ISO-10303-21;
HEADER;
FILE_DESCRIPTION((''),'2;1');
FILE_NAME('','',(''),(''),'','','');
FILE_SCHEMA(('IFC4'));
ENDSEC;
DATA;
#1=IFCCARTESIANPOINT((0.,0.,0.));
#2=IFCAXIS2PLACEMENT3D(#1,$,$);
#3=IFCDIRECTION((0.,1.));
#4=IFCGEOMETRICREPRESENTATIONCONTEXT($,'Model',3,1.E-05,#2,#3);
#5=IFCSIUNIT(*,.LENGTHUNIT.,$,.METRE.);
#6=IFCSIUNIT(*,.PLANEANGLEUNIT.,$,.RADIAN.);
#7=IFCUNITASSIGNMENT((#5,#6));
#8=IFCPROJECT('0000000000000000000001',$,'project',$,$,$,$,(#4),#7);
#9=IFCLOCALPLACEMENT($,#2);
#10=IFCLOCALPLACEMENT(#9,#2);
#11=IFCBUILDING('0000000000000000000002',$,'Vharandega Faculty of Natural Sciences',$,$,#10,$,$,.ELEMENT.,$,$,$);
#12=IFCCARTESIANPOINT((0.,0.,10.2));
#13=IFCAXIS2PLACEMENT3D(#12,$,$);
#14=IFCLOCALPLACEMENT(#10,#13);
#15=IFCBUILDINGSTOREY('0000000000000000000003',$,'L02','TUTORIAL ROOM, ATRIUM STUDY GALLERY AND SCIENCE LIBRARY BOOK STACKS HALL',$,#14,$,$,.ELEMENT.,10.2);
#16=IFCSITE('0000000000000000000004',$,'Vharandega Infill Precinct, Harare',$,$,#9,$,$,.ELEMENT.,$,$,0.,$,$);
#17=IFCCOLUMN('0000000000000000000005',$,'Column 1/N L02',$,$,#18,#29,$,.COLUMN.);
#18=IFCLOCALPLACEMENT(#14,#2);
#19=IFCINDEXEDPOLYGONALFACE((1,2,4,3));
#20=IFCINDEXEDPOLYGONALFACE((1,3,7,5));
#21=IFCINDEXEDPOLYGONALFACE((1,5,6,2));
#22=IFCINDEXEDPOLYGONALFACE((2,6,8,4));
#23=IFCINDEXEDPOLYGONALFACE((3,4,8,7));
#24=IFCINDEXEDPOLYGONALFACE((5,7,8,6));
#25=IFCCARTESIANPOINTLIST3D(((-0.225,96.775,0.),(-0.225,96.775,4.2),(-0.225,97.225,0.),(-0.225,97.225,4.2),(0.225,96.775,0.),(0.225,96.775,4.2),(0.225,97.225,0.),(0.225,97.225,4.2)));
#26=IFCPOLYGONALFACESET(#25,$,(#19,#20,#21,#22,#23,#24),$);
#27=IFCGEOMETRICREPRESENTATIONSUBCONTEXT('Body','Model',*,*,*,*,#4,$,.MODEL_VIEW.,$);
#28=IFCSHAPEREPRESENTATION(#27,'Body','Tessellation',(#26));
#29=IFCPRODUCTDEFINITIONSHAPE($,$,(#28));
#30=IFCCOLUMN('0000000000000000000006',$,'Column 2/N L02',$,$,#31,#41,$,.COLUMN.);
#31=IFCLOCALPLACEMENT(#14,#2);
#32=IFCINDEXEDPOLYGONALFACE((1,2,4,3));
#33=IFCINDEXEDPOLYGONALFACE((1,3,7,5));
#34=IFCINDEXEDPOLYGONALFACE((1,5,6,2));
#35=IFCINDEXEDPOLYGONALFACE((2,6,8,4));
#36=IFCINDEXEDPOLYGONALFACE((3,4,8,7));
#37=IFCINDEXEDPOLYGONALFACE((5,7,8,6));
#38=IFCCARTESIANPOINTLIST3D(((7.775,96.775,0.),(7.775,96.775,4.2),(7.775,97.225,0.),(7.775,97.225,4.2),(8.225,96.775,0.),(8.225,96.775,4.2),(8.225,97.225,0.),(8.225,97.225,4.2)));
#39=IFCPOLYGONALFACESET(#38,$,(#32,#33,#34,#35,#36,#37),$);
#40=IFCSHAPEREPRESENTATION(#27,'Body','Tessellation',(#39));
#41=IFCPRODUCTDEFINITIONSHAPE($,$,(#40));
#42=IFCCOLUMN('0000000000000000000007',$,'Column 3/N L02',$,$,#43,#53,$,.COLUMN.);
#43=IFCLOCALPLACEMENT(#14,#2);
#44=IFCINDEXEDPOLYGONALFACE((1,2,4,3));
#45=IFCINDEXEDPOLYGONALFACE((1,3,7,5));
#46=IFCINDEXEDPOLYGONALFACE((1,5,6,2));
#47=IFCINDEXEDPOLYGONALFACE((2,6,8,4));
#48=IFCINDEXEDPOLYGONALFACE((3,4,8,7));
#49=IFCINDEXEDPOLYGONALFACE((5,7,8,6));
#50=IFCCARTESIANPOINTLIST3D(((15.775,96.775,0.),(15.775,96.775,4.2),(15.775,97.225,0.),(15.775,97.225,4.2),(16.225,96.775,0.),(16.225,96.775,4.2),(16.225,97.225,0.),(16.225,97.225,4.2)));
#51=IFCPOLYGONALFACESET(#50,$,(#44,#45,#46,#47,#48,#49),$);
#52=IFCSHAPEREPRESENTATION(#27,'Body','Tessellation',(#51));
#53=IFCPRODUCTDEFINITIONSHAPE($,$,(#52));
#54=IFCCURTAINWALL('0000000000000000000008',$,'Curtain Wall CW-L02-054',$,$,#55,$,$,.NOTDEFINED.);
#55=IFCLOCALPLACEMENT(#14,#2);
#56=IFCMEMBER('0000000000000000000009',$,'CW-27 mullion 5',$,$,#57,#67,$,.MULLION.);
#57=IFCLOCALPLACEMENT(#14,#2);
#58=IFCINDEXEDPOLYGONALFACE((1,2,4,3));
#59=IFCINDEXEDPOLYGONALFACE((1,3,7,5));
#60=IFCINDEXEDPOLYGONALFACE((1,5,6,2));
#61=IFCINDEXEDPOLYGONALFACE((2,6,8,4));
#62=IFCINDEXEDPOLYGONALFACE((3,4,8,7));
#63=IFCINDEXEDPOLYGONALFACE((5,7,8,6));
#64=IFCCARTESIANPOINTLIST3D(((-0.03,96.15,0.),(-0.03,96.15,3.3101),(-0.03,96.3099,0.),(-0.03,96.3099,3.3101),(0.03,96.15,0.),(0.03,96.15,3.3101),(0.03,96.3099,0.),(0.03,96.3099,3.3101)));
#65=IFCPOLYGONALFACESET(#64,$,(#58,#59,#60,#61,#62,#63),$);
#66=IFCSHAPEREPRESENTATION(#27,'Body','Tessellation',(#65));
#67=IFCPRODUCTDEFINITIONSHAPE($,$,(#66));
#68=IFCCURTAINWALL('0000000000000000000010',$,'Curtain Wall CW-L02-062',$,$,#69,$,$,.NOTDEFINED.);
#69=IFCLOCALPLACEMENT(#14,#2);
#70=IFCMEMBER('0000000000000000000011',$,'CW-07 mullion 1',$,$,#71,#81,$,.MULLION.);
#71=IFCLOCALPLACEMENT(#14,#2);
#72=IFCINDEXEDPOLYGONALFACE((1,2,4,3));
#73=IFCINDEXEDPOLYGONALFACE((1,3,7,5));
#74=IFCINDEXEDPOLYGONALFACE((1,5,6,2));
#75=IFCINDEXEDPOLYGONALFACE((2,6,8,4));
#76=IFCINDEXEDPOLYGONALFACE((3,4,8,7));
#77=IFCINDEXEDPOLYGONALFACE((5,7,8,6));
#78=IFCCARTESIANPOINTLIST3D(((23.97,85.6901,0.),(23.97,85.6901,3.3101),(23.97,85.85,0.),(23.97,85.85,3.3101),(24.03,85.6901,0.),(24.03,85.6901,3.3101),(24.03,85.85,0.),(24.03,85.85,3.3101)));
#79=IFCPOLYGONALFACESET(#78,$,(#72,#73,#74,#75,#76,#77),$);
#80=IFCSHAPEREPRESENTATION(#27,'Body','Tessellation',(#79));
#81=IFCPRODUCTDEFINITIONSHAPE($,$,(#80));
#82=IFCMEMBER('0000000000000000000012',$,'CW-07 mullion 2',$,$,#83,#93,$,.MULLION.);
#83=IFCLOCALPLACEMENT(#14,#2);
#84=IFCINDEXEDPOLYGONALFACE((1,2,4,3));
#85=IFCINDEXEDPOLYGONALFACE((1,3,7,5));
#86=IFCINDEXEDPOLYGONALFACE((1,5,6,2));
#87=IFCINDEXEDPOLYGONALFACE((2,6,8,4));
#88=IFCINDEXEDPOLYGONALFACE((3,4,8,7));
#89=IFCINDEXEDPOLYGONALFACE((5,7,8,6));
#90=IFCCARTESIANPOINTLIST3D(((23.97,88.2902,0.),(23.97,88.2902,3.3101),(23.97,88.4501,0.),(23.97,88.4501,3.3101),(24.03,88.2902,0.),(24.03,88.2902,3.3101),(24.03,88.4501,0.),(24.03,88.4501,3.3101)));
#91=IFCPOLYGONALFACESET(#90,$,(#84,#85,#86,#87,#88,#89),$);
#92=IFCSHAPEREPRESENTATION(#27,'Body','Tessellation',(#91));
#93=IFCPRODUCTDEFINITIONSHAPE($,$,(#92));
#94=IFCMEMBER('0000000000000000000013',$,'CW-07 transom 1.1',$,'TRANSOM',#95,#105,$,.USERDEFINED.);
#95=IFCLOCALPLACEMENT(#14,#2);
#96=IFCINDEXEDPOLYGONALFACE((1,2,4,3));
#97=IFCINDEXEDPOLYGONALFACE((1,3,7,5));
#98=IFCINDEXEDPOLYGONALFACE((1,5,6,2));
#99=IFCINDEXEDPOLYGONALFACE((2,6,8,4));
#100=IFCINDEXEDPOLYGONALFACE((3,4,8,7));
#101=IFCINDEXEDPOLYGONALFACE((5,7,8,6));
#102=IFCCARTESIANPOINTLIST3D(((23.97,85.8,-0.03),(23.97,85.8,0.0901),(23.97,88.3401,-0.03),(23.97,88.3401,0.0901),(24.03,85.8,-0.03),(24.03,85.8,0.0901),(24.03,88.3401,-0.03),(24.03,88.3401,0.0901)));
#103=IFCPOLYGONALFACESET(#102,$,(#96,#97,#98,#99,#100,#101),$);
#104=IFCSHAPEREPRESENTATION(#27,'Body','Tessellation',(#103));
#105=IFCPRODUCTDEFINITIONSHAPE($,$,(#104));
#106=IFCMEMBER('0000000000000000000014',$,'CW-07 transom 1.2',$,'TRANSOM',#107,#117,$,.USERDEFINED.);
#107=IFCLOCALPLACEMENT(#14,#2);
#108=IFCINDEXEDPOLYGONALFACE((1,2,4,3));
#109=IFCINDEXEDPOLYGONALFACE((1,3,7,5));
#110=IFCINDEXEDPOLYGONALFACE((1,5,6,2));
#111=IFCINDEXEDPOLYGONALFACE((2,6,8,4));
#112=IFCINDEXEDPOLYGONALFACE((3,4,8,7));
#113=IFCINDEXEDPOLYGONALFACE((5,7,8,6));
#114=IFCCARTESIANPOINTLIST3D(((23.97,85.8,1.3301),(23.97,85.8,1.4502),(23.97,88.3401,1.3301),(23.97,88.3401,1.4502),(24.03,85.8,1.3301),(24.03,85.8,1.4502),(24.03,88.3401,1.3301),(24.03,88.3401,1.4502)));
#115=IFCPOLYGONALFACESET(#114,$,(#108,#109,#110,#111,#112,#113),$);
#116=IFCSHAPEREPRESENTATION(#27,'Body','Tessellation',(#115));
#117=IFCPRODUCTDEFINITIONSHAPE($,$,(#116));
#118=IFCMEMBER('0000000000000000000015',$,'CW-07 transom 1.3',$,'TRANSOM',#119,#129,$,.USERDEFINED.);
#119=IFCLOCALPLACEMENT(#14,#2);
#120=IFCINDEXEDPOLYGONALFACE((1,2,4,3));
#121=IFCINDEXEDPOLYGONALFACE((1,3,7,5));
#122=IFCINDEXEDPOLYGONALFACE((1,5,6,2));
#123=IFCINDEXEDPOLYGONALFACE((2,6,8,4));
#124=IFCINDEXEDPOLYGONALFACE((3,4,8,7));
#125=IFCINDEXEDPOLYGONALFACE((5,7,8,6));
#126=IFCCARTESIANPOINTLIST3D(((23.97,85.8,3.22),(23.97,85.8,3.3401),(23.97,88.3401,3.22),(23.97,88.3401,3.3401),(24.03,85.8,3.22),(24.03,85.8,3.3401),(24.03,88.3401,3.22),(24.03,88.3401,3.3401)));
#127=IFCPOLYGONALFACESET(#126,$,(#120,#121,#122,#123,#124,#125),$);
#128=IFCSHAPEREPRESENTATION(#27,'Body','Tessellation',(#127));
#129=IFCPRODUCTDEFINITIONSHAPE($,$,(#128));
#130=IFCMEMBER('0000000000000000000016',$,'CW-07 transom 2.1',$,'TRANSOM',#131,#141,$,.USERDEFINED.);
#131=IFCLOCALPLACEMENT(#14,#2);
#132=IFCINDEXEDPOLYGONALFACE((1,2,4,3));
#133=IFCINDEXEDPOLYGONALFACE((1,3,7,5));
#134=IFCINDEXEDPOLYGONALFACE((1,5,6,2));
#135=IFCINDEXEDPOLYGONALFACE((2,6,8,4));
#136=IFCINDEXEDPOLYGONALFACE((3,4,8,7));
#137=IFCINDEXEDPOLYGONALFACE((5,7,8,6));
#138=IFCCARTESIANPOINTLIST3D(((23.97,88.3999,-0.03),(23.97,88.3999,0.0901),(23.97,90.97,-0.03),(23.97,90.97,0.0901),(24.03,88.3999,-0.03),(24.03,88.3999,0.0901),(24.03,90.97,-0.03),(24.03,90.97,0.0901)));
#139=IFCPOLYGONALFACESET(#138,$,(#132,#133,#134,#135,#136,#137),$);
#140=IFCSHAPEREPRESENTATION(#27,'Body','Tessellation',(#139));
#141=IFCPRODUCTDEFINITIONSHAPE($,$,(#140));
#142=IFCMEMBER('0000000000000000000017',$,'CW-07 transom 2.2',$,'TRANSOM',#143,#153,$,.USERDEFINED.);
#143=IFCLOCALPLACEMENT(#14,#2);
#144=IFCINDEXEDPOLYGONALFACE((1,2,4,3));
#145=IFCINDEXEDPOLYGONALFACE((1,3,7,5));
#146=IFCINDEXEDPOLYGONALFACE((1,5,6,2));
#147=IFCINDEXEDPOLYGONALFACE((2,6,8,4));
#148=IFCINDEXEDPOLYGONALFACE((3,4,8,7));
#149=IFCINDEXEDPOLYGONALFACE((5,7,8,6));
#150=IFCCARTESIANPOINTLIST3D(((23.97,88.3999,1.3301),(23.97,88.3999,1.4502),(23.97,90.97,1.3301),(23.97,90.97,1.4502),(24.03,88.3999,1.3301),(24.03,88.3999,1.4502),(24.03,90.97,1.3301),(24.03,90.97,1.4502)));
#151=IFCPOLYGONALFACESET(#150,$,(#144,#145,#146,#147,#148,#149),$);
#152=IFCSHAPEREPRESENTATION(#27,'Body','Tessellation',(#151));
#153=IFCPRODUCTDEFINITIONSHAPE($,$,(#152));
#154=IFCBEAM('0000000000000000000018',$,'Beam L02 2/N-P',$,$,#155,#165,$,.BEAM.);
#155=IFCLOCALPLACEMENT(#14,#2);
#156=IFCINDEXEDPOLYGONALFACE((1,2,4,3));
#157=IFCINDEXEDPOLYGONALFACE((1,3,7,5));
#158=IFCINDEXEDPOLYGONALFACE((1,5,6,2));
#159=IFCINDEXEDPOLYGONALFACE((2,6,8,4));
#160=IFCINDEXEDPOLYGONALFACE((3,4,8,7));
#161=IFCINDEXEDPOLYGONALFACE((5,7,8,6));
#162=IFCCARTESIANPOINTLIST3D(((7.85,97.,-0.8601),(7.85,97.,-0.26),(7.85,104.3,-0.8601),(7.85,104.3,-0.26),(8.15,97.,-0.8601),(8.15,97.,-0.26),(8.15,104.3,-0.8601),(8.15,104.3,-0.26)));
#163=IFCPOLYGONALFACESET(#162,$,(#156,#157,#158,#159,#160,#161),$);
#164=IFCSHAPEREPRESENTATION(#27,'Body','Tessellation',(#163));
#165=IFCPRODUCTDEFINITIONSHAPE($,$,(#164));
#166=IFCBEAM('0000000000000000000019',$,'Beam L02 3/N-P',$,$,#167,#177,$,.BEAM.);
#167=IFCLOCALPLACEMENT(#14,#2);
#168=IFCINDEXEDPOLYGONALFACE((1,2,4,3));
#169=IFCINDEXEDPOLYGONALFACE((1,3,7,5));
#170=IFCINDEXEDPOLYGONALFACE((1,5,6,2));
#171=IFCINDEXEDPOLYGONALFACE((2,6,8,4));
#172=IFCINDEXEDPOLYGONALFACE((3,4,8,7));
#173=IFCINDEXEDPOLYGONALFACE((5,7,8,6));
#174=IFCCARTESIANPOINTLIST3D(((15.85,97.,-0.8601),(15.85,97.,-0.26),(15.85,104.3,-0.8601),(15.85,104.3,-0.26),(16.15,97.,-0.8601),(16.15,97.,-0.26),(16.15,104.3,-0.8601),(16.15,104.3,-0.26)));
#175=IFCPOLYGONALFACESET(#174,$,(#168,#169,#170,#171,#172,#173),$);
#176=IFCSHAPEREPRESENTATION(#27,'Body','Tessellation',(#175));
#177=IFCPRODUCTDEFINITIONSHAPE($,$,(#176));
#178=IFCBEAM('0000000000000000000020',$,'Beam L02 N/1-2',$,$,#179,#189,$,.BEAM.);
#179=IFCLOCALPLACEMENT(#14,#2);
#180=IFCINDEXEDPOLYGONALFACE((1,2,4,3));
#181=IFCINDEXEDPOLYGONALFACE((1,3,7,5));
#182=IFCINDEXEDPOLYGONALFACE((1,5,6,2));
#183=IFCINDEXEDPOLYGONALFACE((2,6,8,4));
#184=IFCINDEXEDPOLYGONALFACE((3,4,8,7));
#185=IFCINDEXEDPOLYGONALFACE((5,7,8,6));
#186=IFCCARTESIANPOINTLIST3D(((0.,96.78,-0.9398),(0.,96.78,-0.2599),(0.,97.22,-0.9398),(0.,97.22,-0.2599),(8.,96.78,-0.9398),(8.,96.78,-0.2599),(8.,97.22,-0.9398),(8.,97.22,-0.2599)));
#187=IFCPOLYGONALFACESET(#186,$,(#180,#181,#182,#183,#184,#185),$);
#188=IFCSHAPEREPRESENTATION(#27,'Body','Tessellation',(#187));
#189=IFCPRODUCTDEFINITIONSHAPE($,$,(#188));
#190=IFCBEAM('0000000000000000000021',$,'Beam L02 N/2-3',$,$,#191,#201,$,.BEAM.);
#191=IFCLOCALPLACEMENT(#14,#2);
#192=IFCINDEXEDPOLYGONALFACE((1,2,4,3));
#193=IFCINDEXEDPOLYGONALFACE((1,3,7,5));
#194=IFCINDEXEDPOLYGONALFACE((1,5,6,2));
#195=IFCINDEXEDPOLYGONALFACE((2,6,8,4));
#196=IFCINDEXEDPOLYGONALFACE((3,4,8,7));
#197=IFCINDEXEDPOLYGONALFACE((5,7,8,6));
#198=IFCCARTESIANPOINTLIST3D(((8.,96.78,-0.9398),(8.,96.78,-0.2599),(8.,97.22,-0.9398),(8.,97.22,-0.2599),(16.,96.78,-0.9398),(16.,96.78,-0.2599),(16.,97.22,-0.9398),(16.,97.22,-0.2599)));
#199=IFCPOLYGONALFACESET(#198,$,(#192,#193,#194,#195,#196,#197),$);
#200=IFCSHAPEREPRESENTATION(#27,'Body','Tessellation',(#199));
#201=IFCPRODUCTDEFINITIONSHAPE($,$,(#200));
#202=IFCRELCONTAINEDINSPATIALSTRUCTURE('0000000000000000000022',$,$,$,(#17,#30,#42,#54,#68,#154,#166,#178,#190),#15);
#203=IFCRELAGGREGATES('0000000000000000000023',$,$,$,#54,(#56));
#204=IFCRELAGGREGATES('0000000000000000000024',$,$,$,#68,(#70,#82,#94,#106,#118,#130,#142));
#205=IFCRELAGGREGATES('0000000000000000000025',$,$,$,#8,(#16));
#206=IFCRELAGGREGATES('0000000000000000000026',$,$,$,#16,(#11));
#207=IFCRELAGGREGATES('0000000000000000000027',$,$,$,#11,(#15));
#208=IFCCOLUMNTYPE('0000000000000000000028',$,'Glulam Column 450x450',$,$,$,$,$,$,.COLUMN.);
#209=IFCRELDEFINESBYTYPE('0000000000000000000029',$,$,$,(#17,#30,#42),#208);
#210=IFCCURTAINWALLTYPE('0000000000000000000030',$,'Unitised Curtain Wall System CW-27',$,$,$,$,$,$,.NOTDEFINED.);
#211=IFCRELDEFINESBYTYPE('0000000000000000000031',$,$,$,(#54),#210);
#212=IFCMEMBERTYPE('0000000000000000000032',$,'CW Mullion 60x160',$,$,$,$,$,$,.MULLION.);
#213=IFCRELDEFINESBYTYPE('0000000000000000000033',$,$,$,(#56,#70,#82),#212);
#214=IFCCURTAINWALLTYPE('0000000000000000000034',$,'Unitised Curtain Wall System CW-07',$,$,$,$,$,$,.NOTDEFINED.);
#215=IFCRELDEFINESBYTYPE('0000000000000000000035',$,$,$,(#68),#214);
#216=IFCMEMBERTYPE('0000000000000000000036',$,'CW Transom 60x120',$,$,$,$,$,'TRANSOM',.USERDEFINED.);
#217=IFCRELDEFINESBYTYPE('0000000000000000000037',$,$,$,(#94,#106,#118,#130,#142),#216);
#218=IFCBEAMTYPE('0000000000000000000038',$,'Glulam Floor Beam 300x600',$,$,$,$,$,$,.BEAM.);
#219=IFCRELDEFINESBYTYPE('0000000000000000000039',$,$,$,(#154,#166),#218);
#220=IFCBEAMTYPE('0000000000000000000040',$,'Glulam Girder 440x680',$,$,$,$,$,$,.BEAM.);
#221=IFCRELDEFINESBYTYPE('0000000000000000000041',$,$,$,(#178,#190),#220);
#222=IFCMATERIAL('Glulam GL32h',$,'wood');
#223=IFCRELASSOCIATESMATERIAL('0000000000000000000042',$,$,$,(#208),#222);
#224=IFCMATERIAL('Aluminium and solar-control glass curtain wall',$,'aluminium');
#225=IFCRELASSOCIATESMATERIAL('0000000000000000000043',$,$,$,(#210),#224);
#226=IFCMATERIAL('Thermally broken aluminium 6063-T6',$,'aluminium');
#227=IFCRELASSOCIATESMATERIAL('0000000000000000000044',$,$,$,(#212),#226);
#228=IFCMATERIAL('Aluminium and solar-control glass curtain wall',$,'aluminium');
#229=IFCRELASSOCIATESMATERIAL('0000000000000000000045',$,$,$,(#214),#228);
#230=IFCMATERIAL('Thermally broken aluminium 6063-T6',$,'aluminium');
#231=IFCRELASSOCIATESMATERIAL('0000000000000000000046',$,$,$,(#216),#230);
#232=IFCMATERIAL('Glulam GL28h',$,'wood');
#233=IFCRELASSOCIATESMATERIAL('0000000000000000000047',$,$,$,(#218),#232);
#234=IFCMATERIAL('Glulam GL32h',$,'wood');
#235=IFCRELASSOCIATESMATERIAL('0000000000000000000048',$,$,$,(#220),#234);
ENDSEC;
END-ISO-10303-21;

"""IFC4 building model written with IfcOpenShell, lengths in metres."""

from ifc_helpers import new_model, si_unit, direction, frame, origin, origin_2d, place, context, subcontext, project, spatial, rectangle, extrude, material, material_profile, profile_set, type_object, element, aggregate, save


model = new_model("IFC4")

# Units and contexts
model_context = context("Model", 3, precision=1e-05, world=origin(), true_north=direction((0.0, 1.0)))
body_context = subcontext(model_context, "Body", "Model", "MODEL_VIEW")
ifc_project = project(units=[si_unit("LENGTHUNIT", "METRE"), si_unit("PLANEANGLEUNIT", "RADIAN")], contexts=[model_context])

# Site, building, storey
site_placement = place(None, origin())
site = spatial("IfcSite", under=ifc_project, at=site_placement, Name="Vharandega Infill Precinct, Harare", CompositionType="ELEMENT", RefElevation=0.0)
building_placement = place(site_placement, origin())
building = spatial("IfcBuilding", under=site, at=building_placement, Name="Vharandega Faculty of Natural Sciences", CompositionType="ELEMENT")
storey_placement = place(building_placement, frame((0.0, 0.0, 10.2)))
storey = spatial("IfcBuildingStorey", under=building, at=storey_placement, Name="L02", Description="TUTORIAL ROOM, ATRIUM STUDY GALLERY AND SCIENCE LIBRARY BOOK STACKS HALL", CompositionType="ELEMENT", Elevation=10.2)

# Columns
ifc_material_1 = material(Name="Glulam GL32h", Category="wood")
ifc_material_profile_1 = material_profile(ifc_material_1, rectangle(XDim=0.45, YDim=0.45, at=origin_2d()), Name="GL32h 450x450")
ifc_profile_set_1 = profile_set([ifc_material_profile_1], Name="Glulam GL32h")
column_type = type_object("IfcColumnType", Name="Glulam Column 450x450", PredefinedType="COLUMN", material=ifc_profile_set_1)
for number, where, z_axis, x_axis, name in (
    (1, (0.0, 97.0, 0.0), (0.0, 0.0, 1.0), (1.0, 0.0, 0.0), "Column 1/N L02"),
    (2, (8.0, 97.0, 0.0), (0.0, 0.0, 1.0), (1.0, 0.0, 0.0), "Column 2/N L02"),
    (3, (16.0, 97.0, 0.0), (0.0, 0.0, 1.0), (1.0, 0.0, 0.0), "Column 3/N L02"),
):
    element("IfcColumn", number, at=place(storey_placement, frame(where, z_axis=z_axis, x_axis=x_axis)), inside=storey, type_object=column_type, Name=name, PredefinedType="COLUMN", context=body_context, shape_type="SweptSolid", body=[
        extrude(rectangle(XDim=0.45, YDim=0.45, at=origin_2d()), origin(), (0.0, 0.0, 1.0), 4.2),
    ])

# Curtain wall, member
ifc_material_2 = material(Name="Aluminium and solar-control glass curtain wall", Category="aluminium")
curtain_wall_type_1 = type_object("IfcCurtainWallType", Name="Unitised Curtain Wall System CW-27", PredefinedType="NOTDEFINED", material=ifc_material_2)
curtain_wall_1_placement = place(storey_placement, origin())
curtain_wall_1 = element("IfcCurtainWall", 4, at=curtain_wall_1_placement, inside=storey, type_object=curtain_wall_type_1, Name="Curtain Wall CW-L02-054", PredefinedType="NOTDEFINED")
ifc_material_3 = material(Name="Thermally broken aluminium 6063-T6", Category="aluminium")
ifc_material_profile_2 = material_profile(ifc_material_3, rectangle(XDim=0.0601, YDim=0.1599, at=origin_2d()), Name="ALU 60x160")
ifc_profile_set_2 = profile_set([ifc_material_profile_2], Name="Thermally broken aluminium 6063-T6")
member_type_1 = type_object("IfcMemberType", Name="CW Mullion 60x160", PredefinedType="MULLION", material=ifc_profile_set_2)
member_1_placement = place(storey_placement, frame((0.0, 96.23, 0.0), z_axis=(0.0, 0.0, 1.0), x_axis=(-1.0, 0.0, 0.0)))
member_1 = element("IfcMember", 5, at=member_1_placement, type_object=member_type_1, Name="CW-27 mullion 5", PredefinedType="MULLION", context=body_context, shape_type="SweptSolid", body=[
    extrude(rectangle(XDim=0.0601, YDim=0.1599, at=origin_2d()), origin(), (0.0, 0.0, 1.0), 3.3101),
])
aggregate(curtain_wall_1, [member_1])

# Curtain wall, members
ifc_material_4 = material(Name="Aluminium and solar-control glass curtain wall", Category="aluminium")
curtain_wall_type_2 = type_object("IfcCurtainWallType", Name="Unitised Curtain Wall System CW-07", PredefinedType="NOTDEFINED", material=ifc_material_4)
curtain_wall_2_placement = place(storey_placement, origin())
curtain_wall_2 = element("IfcCurtainWall", 6, at=curtain_wall_2_placement, inside=storey, type_object=curtain_wall_type_2, Name="Curtain Wall CW-L02-062", PredefinedType="NOTDEFINED")
member_2_placement = place(storey_placement, frame((24.0, 85.77, 0.0), z_axis=(0.0, 0.0, 1.0), x_axis=(-1.0, 0.0, 0.0)))
member_2 = element("IfcMember", 7, at=member_2_placement, type_object=member_type_1, Name="CW-07 mullion 1", PredefinedType="MULLION", context=body_context, shape_type="SweptSolid", body=[
    extrude(rectangle(XDim=0.0601, YDim=0.1599, at=origin_2d()), origin(), (0.0, 0.0, 1.0), 3.3101),
])
member_3_placement = place(storey_placement, frame((24.0, 88.3701, 0.0), z_axis=(0.0, 0.0, 1.0), x_axis=(-1.0, 0.0, 0.0)))
member_3 = element("IfcMember", 8, at=member_3_placement, type_object=member_type_1, Name="CW-07 mullion 2", PredefinedType="MULLION", context=body_context, shape_type="SweptSolid", body=[
    extrude(rectangle(XDim=0.0601, YDim=0.1599, at=origin_2d()), origin(), (0.0, 0.0, 1.0), 3.3101),
])
ifc_material_5 = material(Name="Thermally broken aluminium 6063-T6", Category="aluminium")
ifc_material_profile_3 = material_profile(ifc_material_5, rectangle(XDim=0.0601, YDim=0.1201, at=origin_2d()), Name="ALU 60x120")
ifc_profile_set_3 = profile_set([ifc_material_profile_3], Name="Thermally broken aluminium 6063-T6")
member_type_2 = type_object("IfcMemberType", Name="CW Transom 60x120", ElementType="TRANSOM", PredefinedType="USERDEFINED", material=ifc_profile_set_3)
member_4_placement = place(storey_placement, frame((24.0, 85.8, 0.03), z_axis=(0.0, 1.0, 0.0), x_axis=(-1.0, 0.0, 0.0)))
member_4 = element("IfcMember", 9, at=member_4_placement, type_object=member_type_2, Name="CW-07 transom 1.1", ObjectType="TRANSOM", PredefinedType="USERDEFINED", context=body_context, shape_type="SweptSolid", body=[
    extrude(rectangle(XDim=0.0601, YDim=0.1201, at=origin_2d()), origin(), (0.0, 0.0, 1.0), 2.54),
])
member_5_placement = place(storey_placement, frame((24.0, 85.8, 1.3901), z_axis=(0.0, 1.0, 0.0), x_axis=(-1.0, 0.0, 0.0)))
member_5 = element("IfcMember", 10, at=member_5_placement, type_object=member_type_2, Name="CW-07 transom 1.2", ObjectType="TRANSOM", PredefinedType="USERDEFINED", context=body_context, shape_type="SweptSolid", body=[
    extrude(rectangle(XDim=0.0601, YDim=0.1201, at=origin_2d()), origin(), (0.0, 0.0, 1.0), 2.54),
])
member_6_placement = place(storey_placement, frame((24.0, 85.8, 3.28), z_axis=(0.0, 1.0, 0.0), x_axis=(-1.0, 0.0, 0.0)))
member_6 = element("IfcMember", 11, at=member_6_placement, type_object=member_type_2, Name="CW-07 transom 1.3", ObjectType="TRANSOM", PredefinedType="USERDEFINED", context=body_context, shape_type="SweptSolid", body=[
    extrude(rectangle(XDim=0.0601, YDim=0.1201, at=origin_2d()), origin(), (0.0, 0.0, 1.0), 2.54),
])
member_7_placement = place(storey_placement, frame((24.0, 88.3999, 0.03), z_axis=(0.0, 1.0, 0.0), x_axis=(-1.0, 0.0, 0.0)))
member_7 = element("IfcMember", 12, at=member_7_placement, type_object=member_type_2, Name="CW-07 transom 2.1", ObjectType="TRANSOM", PredefinedType="USERDEFINED", context=body_context, shape_type="SweptSolid", body=[
    extrude(rectangle(XDim=0.0601, YDim=0.1201, at=origin_2d()), origin(), (0.0, 0.0, 1.0), 2.5701),
])
member_8_placement = place(storey_placement, frame((24.0, 88.3999, 1.3901), z_axis=(0.0, 1.0, 0.0), x_axis=(-1.0, 0.0, 0.0)))
member_8 = element("IfcMember", 13, at=member_8_placement, type_object=member_type_2, Name="CW-07 transom 2.2", ObjectType="TRANSOM", PredefinedType="USERDEFINED", context=body_context, shape_type="SweptSolid", body=[
    extrude(rectangle(XDim=0.0601, YDim=0.1201, at=origin_2d()), origin(), (0.0, 0.0, 1.0), 2.5701),
])

# Beams
ifc_material_6 = material(Name="Glulam GL28h", Category="wood")
ifc_material_profile_4 = material_profile(ifc_material_6, rectangle(XDim=0.3, YDim=0.6001, at=origin_2d()), Name="GL28h 300x600")
ifc_profile_set_4 = profile_set([ifc_material_profile_4], Name="Glulam GL28h")
beam_type_1 = type_object("IfcBeamType", Name="Glulam Floor Beam 300x600", PredefinedType="BEAM", material=ifc_profile_set_4)
for number, where, z_axis, x_axis, name in (
    (14, (8.0, 97.0, -0.5601), (0.0, 1.0, 0.0), (-1.0, 0.0, 0.0), "Beam L02 2/N-P"),
    (15, (16.0, 97.0, -0.5601), (0.0, 1.0, 0.0), (-1.0, 0.0, 0.0), "Beam L02 3/N-P"),
):
    element("IfcBeam", number, at=place(storey_placement, frame(where, z_axis=z_axis, x_axis=x_axis)), inside=storey, type_object=beam_type_1, Name=name, PredefinedType="BEAM", context=body_context, shape_type="SweptSolid", body=[
        extrude(rectangle(XDim=0.3, YDim=0.6001, at=origin_2d()), origin(), (0.0, 0.0, 1.0), 7.3),
    ])
ifc_material_7 = material(Name="Glulam GL32h", Category="wood")
ifc_material_profile_5 = material_profile(ifc_material_7, rectangle(XDim=0.4399, YDim=0.6799, at=origin_2d()), Name="GL32h 440x680")
ifc_profile_set_5 = profile_set([ifc_material_profile_5], Name="Glulam GL32h")
beam_type_2 = type_object("IfcBeamType", Name="Glulam Girder 440x680", PredefinedType="BEAM", material=ifc_profile_set_5)
for number, where, z_axis, x_axis, name in (
    (16, (0.0, 97.0, -0.5999), (1.0, 0.0, 0.0), (0.0, 1.0, 0.0), "Beam L02 N/1-2"),
    (17, (8.0, 97.0, -0.5999), (1.0, 0.0, 0.0), (0.0, 1.0, 0.0), "Beam L02 N/2-3"),
):
    element("IfcBeam", number, at=place(storey_placement, frame(where, z_axis=z_axis, x_axis=x_axis)), inside=storey, type_object=beam_type_2, Name=name, PredefinedType="BEAM", context=body_context, shape_type="SweptSolid", body=[
        extrude(rectangle(XDim=0.4399, YDim=0.6799, at=origin_2d()), origin(), (0.0, 0.0, 1.0), 8.0),
    ])

aggregate(curtain_wall_2, [member_2, member_3, member_4, member_5, member_6, member_7, member_8])

save(model, "model.ifc")
